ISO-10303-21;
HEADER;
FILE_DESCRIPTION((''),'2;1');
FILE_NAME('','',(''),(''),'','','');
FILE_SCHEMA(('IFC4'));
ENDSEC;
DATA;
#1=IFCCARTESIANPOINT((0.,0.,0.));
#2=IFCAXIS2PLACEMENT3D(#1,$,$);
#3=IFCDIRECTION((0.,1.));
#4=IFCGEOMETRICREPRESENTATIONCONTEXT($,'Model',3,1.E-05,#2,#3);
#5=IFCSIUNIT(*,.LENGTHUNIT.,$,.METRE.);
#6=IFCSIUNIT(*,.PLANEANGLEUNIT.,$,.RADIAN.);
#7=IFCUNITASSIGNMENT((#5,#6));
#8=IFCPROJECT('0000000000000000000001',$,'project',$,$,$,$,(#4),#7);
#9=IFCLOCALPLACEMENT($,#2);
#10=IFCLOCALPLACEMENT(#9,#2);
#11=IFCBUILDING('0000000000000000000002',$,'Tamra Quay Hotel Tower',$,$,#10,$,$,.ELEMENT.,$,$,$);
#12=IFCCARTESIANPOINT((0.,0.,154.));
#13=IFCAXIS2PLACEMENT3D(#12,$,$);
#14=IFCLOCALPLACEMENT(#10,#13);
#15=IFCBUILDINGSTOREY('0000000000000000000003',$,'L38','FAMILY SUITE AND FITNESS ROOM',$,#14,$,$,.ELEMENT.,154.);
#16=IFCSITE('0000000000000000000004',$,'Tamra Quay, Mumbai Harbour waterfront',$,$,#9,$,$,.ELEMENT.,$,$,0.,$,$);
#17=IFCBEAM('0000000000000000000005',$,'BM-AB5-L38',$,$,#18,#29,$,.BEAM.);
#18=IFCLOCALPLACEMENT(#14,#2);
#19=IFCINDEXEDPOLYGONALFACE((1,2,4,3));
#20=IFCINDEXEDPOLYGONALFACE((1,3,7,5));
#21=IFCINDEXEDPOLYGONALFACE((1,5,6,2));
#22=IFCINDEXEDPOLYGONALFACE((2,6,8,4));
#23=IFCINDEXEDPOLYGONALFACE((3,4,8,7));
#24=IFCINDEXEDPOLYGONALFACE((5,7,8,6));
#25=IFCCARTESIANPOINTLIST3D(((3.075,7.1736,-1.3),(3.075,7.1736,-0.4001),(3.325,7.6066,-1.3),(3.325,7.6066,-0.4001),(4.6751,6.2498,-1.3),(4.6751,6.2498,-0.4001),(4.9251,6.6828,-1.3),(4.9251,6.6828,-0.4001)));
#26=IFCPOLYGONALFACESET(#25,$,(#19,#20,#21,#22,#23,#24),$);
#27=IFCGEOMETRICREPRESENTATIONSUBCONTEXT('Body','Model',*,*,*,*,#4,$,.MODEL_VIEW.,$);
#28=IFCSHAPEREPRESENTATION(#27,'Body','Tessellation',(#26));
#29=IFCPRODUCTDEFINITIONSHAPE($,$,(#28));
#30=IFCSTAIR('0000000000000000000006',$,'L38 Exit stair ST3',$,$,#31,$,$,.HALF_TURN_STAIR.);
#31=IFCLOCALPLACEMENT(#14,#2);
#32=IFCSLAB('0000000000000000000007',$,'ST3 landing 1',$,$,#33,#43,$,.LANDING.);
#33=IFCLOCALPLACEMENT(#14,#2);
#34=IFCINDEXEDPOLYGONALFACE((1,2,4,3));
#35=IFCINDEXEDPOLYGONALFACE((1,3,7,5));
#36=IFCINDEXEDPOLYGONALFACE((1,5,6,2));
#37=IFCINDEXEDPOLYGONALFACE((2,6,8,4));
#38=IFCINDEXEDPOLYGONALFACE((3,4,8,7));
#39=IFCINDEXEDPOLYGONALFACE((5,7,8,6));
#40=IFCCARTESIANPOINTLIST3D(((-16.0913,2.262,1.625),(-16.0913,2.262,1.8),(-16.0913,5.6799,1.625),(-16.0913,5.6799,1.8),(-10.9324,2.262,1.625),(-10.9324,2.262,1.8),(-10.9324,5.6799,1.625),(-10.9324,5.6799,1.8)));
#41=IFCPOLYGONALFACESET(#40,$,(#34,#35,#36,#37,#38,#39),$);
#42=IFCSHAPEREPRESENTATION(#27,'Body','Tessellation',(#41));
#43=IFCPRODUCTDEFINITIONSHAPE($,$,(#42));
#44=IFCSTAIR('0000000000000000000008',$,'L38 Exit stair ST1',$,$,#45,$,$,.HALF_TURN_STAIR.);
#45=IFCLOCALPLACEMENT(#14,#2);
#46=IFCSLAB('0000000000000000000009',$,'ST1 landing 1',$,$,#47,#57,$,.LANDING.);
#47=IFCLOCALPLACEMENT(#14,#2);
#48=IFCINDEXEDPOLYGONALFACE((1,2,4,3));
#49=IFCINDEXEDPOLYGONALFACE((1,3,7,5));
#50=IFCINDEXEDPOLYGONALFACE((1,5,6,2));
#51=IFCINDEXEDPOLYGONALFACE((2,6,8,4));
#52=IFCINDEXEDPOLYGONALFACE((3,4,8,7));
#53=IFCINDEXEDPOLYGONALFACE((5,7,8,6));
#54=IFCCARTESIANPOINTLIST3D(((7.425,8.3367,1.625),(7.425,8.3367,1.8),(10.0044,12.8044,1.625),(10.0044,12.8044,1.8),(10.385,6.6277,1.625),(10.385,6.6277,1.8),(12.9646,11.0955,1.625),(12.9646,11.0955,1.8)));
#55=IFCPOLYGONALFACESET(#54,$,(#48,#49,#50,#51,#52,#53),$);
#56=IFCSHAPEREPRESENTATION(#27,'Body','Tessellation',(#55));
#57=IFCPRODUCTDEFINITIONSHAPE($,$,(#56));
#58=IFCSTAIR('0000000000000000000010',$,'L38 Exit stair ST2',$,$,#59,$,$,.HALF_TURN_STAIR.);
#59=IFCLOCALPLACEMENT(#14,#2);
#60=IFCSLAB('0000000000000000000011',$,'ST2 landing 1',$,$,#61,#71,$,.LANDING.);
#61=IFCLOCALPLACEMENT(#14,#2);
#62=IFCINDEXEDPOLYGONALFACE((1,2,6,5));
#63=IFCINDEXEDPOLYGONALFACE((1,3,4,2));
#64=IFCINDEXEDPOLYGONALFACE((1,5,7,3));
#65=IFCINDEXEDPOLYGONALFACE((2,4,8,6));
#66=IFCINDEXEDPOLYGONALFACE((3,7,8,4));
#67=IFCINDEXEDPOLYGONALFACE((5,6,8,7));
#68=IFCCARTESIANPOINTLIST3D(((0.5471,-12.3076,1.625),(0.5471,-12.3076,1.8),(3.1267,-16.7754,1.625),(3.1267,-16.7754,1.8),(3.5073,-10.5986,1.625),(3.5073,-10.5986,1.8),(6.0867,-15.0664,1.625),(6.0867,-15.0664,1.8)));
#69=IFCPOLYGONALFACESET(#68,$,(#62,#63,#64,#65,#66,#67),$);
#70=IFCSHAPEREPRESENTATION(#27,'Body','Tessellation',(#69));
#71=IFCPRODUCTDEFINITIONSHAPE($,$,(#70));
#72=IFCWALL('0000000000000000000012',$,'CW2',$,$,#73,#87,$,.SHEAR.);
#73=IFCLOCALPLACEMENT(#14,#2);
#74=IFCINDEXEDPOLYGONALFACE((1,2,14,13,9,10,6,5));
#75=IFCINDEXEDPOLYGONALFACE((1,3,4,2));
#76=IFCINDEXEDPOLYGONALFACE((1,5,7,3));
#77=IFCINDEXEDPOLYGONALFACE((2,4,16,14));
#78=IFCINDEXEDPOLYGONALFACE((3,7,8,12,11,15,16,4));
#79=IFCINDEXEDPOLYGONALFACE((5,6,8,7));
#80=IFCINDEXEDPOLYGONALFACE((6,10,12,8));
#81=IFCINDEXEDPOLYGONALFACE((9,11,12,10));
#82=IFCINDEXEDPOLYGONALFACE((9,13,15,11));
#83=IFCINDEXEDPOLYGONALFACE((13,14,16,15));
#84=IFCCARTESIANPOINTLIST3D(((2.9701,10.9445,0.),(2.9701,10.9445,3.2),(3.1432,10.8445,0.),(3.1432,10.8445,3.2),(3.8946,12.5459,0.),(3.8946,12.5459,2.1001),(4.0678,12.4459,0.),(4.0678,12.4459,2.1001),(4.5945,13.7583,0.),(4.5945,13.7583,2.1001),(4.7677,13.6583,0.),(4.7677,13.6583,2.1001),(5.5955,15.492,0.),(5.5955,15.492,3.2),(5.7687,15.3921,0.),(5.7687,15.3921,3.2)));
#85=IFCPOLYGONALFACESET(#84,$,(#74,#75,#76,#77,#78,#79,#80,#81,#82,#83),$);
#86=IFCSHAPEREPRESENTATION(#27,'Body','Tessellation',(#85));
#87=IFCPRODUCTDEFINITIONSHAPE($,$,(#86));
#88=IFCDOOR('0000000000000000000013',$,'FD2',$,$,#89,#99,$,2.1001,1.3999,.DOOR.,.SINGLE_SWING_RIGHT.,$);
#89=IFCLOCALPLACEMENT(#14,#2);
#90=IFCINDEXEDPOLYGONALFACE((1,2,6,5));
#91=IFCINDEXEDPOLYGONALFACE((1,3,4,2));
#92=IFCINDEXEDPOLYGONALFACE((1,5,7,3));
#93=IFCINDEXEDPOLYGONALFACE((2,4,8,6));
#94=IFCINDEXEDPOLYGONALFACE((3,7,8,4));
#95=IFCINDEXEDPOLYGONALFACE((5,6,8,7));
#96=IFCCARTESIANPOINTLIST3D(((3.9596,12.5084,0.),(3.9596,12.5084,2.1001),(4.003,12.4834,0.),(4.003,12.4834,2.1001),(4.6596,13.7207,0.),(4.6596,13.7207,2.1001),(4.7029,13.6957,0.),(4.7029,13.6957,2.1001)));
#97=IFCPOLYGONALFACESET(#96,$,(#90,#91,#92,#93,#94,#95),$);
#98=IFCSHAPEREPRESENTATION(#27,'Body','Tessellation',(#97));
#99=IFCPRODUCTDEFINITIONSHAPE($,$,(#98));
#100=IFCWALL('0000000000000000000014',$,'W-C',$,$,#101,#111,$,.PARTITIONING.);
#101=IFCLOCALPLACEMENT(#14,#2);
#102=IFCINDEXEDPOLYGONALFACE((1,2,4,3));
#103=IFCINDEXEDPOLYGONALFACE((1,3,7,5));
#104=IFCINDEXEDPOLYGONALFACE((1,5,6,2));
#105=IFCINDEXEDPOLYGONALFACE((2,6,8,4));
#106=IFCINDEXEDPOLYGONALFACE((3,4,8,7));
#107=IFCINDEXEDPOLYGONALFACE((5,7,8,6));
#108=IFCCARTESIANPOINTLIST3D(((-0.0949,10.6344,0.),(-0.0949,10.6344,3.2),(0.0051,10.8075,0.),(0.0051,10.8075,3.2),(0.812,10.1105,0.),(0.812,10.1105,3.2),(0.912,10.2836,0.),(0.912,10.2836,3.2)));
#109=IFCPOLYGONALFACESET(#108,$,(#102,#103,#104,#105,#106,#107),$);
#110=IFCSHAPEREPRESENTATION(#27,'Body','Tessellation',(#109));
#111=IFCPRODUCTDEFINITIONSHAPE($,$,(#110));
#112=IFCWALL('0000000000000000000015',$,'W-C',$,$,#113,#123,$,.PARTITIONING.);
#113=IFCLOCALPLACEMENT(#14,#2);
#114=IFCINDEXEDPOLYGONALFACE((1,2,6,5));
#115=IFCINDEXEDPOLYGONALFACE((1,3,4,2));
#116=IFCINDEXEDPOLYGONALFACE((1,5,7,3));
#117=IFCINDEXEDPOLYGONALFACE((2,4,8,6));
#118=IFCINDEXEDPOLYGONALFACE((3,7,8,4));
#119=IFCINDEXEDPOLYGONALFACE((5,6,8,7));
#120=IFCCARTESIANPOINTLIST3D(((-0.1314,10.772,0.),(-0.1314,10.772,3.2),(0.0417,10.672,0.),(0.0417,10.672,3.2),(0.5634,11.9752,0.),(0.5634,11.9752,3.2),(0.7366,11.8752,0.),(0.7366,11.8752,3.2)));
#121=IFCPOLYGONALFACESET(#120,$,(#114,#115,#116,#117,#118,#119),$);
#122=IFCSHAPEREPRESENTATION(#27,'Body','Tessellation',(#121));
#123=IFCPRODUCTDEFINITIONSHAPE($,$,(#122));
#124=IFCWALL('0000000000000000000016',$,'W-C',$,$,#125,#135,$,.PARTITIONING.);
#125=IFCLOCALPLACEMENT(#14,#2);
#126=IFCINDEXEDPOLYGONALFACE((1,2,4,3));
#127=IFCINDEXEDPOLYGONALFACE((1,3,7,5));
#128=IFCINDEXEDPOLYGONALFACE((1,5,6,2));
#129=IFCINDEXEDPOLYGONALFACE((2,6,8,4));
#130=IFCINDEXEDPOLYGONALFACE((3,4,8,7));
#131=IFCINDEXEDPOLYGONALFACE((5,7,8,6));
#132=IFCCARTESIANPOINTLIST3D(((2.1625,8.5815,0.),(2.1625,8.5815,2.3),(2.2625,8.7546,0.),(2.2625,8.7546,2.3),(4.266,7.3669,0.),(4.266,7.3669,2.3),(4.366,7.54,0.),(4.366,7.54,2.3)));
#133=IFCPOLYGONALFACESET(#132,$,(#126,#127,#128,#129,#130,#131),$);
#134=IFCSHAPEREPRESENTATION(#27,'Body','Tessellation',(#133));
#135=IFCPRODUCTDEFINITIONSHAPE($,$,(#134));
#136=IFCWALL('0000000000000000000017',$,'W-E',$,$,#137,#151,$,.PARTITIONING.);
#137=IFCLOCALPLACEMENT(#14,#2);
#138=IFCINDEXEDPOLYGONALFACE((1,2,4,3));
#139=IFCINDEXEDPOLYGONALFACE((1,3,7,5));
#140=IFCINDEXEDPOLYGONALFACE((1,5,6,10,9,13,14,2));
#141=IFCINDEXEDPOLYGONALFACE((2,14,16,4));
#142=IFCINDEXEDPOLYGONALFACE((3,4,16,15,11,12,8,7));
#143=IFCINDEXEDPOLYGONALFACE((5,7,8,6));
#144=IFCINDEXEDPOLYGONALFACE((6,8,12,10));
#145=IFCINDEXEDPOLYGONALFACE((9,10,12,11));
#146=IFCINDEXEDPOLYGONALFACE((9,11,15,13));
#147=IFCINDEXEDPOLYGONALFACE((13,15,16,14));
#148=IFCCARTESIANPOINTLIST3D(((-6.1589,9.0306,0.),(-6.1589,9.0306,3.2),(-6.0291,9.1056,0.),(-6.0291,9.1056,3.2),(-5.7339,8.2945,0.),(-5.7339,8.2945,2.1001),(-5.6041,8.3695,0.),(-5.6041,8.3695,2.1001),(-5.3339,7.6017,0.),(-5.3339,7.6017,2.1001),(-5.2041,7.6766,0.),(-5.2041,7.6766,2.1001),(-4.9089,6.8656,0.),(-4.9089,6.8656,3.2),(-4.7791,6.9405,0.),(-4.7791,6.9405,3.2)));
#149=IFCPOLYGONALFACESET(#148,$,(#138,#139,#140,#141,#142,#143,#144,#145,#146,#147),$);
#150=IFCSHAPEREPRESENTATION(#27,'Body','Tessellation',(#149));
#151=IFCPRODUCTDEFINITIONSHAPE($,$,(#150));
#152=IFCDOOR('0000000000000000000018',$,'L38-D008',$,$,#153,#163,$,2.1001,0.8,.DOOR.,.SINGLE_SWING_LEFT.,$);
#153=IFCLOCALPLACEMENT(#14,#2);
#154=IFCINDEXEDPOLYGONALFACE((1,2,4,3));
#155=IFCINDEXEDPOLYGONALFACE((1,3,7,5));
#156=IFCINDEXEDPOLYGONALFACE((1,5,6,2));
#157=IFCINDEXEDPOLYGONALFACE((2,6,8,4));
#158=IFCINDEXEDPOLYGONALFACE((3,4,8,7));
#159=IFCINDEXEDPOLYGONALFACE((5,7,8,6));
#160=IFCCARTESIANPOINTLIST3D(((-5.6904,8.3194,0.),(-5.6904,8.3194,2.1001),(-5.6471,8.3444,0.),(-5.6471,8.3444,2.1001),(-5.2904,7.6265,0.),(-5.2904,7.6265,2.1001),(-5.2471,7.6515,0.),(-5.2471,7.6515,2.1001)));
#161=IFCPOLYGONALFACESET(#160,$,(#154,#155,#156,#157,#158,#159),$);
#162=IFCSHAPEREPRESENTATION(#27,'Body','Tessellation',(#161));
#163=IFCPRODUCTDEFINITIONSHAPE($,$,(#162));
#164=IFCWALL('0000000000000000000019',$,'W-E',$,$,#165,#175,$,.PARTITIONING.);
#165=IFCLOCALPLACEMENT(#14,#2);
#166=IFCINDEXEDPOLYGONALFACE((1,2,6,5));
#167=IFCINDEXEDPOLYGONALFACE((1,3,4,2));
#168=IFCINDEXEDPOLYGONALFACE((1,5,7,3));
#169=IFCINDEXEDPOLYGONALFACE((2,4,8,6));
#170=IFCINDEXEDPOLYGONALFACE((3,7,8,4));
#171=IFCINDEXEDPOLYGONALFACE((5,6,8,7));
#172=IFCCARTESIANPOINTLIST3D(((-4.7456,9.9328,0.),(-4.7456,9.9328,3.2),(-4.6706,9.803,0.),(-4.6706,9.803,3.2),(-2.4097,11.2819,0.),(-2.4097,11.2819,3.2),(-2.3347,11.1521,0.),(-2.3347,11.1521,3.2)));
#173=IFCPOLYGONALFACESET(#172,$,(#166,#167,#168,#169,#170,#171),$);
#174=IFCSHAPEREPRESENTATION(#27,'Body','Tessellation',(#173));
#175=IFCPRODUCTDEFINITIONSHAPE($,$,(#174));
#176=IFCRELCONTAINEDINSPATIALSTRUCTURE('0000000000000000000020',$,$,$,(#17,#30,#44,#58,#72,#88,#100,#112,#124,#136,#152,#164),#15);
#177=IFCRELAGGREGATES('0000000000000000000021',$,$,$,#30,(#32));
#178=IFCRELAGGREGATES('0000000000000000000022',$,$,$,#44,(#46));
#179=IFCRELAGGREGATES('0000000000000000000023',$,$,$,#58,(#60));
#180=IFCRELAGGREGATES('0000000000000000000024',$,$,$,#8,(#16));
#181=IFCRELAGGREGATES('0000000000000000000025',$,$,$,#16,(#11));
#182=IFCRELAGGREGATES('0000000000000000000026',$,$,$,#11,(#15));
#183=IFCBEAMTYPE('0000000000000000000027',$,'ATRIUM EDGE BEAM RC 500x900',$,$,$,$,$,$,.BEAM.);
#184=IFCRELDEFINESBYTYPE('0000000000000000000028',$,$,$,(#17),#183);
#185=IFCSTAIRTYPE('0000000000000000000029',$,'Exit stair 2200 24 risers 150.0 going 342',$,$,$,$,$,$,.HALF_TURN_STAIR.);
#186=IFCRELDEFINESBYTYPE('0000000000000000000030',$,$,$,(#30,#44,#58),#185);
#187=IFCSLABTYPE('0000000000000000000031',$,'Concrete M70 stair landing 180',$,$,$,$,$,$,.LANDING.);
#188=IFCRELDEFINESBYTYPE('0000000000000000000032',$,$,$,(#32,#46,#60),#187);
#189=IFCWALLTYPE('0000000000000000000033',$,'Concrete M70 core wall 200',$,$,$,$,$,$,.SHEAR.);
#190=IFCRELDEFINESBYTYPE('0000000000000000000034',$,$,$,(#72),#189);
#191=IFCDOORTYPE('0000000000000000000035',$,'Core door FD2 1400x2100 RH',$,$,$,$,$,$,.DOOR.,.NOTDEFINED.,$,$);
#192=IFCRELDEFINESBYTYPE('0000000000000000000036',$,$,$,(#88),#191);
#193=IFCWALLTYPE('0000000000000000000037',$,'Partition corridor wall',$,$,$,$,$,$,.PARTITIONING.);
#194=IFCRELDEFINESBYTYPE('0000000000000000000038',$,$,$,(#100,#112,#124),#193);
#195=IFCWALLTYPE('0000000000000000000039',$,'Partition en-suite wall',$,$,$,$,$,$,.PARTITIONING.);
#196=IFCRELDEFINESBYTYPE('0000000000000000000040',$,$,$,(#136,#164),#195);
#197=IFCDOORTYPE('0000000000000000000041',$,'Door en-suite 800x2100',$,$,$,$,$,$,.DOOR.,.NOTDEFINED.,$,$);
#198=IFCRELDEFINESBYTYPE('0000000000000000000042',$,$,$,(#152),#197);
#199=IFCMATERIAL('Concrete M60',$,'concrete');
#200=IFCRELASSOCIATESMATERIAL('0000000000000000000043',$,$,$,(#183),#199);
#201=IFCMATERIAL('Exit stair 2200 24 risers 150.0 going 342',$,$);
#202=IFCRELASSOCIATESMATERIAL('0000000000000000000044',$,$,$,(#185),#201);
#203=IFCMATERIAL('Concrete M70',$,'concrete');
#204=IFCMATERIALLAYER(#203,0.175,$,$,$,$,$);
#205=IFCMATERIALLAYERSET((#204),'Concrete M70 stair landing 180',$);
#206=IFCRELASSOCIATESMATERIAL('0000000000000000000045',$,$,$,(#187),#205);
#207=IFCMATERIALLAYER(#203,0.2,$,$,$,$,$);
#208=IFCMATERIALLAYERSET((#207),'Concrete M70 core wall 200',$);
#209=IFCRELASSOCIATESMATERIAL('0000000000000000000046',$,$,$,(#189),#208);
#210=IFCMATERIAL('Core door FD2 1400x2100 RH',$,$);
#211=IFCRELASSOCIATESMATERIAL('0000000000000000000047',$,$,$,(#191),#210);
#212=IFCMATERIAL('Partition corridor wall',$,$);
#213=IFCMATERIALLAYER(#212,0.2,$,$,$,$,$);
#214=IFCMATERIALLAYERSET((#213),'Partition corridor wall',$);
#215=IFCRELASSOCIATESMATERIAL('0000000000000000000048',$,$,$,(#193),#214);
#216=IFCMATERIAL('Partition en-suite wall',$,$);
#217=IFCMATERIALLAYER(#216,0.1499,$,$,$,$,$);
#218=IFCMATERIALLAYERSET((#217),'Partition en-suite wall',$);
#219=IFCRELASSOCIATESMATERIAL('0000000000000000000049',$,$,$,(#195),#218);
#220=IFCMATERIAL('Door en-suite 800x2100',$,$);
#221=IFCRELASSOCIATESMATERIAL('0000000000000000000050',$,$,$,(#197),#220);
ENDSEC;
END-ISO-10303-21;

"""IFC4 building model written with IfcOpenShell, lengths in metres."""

from ifc_helpers import new_model, si_unit, direction, frame, frame_2d, origin, origin_2d, place, context, subcontext, project, spatial, polyline, rectangle, outline, extrude, material, layer, layer_set, material_profile, profile_set, type_object, element, fill, aggregate, save


model = new_model("IFC4")

# Units and contexts
model_context = context("Model", 3, precision=1e-05, world=origin(), true_north=direction((0.0, 1.0)))
body_context = subcontext(model_context, "Body", "Model", "MODEL_VIEW")
ifc_project = project(units=[si_unit("LENGTHUNIT", "METRE"), si_unit("PLANEANGLEUNIT", "RADIAN")], contexts=[model_context])

# Site, building, storey
site_placement = place(None, origin())
site = spatial("IfcSite", under=ifc_project, at=site_placement, Name="Tamra Quay, Mumbai Harbour waterfront", CompositionType="ELEMENT", RefElevation=0.0)
building_placement = place(site_placement, origin())
building = spatial("IfcBuilding", under=site, at=building_placement, Name="Tamra Quay Hotel Tower", CompositionType="ELEMENT")
storey_placement = place(building_placement, frame((0.0, 0.0, 154.0)))
storey = spatial("IfcBuildingStorey", under=building, at=storey_placement, Name="L38", Description="FAMILY SUITE AND FITNESS ROOM", CompositionType="ELEMENT", Elevation=154.0)

# Beam
ifc_material_1 = material(Name="Concrete M60", Category="concrete")
ifc_material_profile = material_profile(ifc_material_1, rectangle(XDim=0.5, YDim=0.8999, at=origin_2d()), Name="ATRIUM EDGE BEAM RC 500x900")
ifc_profile_set = profile_set([ifc_material_profile], Name="Concrete M60")
beam_type = type_object("IfcBeamType", Name="ATRIUM EDGE BEAM RC 500x900", PredefinedType="BEAM", material=ifc_profile_set)
beam_placement = place(storey_placement, frame((3.2, 7.3901, -0.8501), z_axis=(0.866023, -0.500005, 0.0), x_axis=(0.500005, 0.866023, 0.0)))
element("IfcBeam", 1, at=beam_placement, inside=storey, type_object=beam_type, Name="BM-AB5-L38", PredefinedType="BEAM", context=body_context, shape_type="SweptSolid", body=[
    extrude(rectangle(XDim=0.5, YDim=0.8999, at=origin_2d()), origin(), (0.0, 0.0, 1.0), 1.8477),
])

# Stairs, slabs
ifc_material_2 = material(Name="Exit stair 2200 24 risers 150.0 going 342")
stair_type = type_object("IfcStairType", Name="Exit stair 2200 24 risers 150.0 going 342", PredefinedType="HALF_TURN_STAIR", material=ifc_material_2)
stair_1_placement = place(storey_placement, origin())
stair_1 = element("IfcStair", 2, at=stair_1_placement, inside=storey, type_object=stair_type, Name="L38 Exit stair ST3", PredefinedType="HALF_TURN_STAIR")
ifc_material_3 = material(Name="Concrete M70", Category="concrete")
ifc_layer_1 = layer(ifc_material_3, 0.175)
ifc_layer_set_1 = layer_set([ifc_layer_1], Name="Concrete M70 stair landing 180")
slab_type = type_object("IfcSlabType", Name="Concrete M70 stair landing 180", PredefinedType="LANDING", material=ifc_layer_set_1)
slab_1_placement = place(storey_placement, frame((0.0, 0.0, 1.625)))
slab_1 = element("IfcSlab", 3, at=slab_1_placement, type_object=slab_type, Name="ST3 landing 1", PredefinedType="LANDING", context=body_context, shape_type="SweptSolid", body=[
    extrude(outline(polyline([(-10.9324, 2.262), (-10.9324, 5.6799), (-16.0913, 5.6799), (-16.0913, 2.262), (-10.9324, 2.262)])), origin(), (0.0, 0.0, 1.0), 0.175),
])
aggregate(stair_1, [slab_1])
stair_2_placement = place(storey_placement, origin())
stair_2 = element("IfcStair", 4, at=stair_2_placement, inside=storey, type_object=stair_type, Name="L38 Exit stair ST1", PredefinedType="HALF_TURN_STAIR")
slab_2_placement = place(storey_placement, frame((0.0, 0.0, 1.625)))
slab_2 = element("IfcSlab", 5, at=slab_2_placement, type_object=slab_type, Name="ST1 landing 1", PredefinedType="LANDING", context=body_context, shape_type="SweptSolid", body=[
    extrude(outline(polyline([(7.425, 8.3367), (10.385, 6.6277), (12.9646, 11.0955), (10.0044, 12.8044), (7.425, 8.3367)])), origin(), (0.0, 0.0, 1.0), 0.175),
])
aggregate(stair_2, [slab_2])
stair_3_placement = place(storey_placement, origin())
stair_3 = element("IfcStair", 6, at=stair_3_placement, inside=storey, type_object=stair_type, Name="L38 Exit stair ST2", PredefinedType="HALF_TURN_STAIR")
slab_3_placement = place(storey_placement, frame((0.0, 0.0, 1.625)))
slab_3 = element("IfcSlab", 7, at=slab_3_placement, type_object=slab_type, Name="ST2 landing 1", PredefinedType="LANDING", context=body_context, shape_type="SweptSolid", body=[
    extrude(outline(polyline([(3.5073, -10.5986), (0.5471, -12.3076), (3.1267, -16.7754), (6.0867, -15.0664), (3.5073, -10.5986)])), origin(), (0.0, 0.0, 1.0), 0.175),
])
aggregate(stair_3, [slab_3])

# Wall, opening, door
ifc_layer_2 = layer(ifc_material_3, 0.2)
ifc_layer_set_2 = layer_set([ifc_layer_2], Name="Concrete M70 core wall 200")
wall_type_1 = type_object("IfcWallType", Name="Concrete M70 core wall 200", PredefinedType="SHEAR", material=ifc_layer_set_2)
wall_1_placement = place(storey_placement, frame((3.0566, 10.8945, 0.0), z_axis=(0.0, 0.0, 1.0), x_axis=(0.499989, 0.866032, 0.0)))
wall_1 = element("IfcWall", 8, at=wall_1_placement, inside=storey, type_object=wall_type_1, Name="CW2", PredefinedType="SHEAR", context=body_context, shape_type="SweptSolid", body=[
    extrude(rectangle(XDim=5.251, YDim=0.2, at=frame_2d((2.6255, 0.0))), origin(), (0.0, 0.0, 1.0), 3.2),
])
opening_1_placement = place(wall_1_placement, frame((1.8491, 0.0, 0.0)))
opening_1 = element("IfcOpeningElement", 9, at=opening_1_placement, cuts=wall_1, PredefinedType="OPENING", context=body_context, shape_type="SweptSolid", body=[
    extrude(rectangle(XDim=1.3999, YDim=2.1001, at=frame_2d((0.7, 1.05))), frame((0.0, 0.1099, 0.0), z_axis=(0.0, -1.0, 0.0), x_axis=(1.0, 0.0, 0.0)), (0.0, 0.0, 1.0), 0.22),
])
ifc_material_4 = material(Name="Core door FD2 1400x2100 RH")
door_type_1 = type_object("IfcDoorType", Name="Core door FD2 1400x2100 RH", OperationType="NOTDEFINED", PredefinedType="DOOR", material=ifc_material_4)
door_1_placement = place(opening_1_placement, origin())
door_1 = element("IfcDoor", 10, at=door_1_placement, inside=storey, type_object=door_type_1, Name="FD2", OperationType="SINGLE_SWING_RIGHT", OverallHeight=2.1001, OverallWidth=1.3999, PredefinedType="DOOR", context=body_context, shape_type="SweptSolid", body=[
    extrude(rectangle(XDim=1.3999, YDim=2.1001, at=frame_2d((0.7, 1.05))), frame((0.0, 0.0249, 0.0), z_axis=(0.0, -1.0, 0.0), x_axis=(1.0, 0.0, 0.0)), (0.0, 0.0, 1.0), 0.05),
])
fill(opening_1, door_1)

# Walls
ifc_material_5 = material(Name="Partition corridor wall")
ifc_layer_3 = layer(ifc_material_5, 0.2)
ifc_layer_set_3 = layer_set([ifc_layer_3], Name="Partition corridor wall")
wall_type_2 = type_object("IfcWallType", Name="Partition corridor wall", PredefinedType="PARTITIONING", material=ifc_layer_set_3)
wall_2_placement = place(storey_placement, frame((-0.0449, 10.7209, 0.0), z_axis=(0.0, 0.0, 1.0), x_axis=(0.86591, -0.5002, 0.0)))
element("IfcWall", 11, at=wall_2_placement, inside=storey, type_object=wall_type_2, Name="W-C", PredefinedType="PARTITIONING", context=body_context, shape_type="SweptSolid", body=[
    extrude(rectangle(XDim=1.0474, YDim=0.2, at=frame_2d((0.5237, 0.0))), origin(), (0.0, 0.0, 1.0), 3.2),
])
wall_3_placement = place(storey_placement, frame((-0.0449, 10.7219, 0.0), z_axis=(0.0, 0.0, 1.0), x_axis=(0.500108, 0.865963, 0.0)))
element("IfcWall", 12, at=wall_3_placement, inside=storey, type_object=wall_type_2, Name="W-C", PredefinedType="PARTITIONING", context=body_context, shape_type="SweptSolid", body=[
    extrude(rectangle(XDim=1.3894, YDim=0.2, at=frame_2d((0.6948, 0.0))), origin(), (0.0, 0.0, 1.0), 3.2),
])
wall_4_placement = place(storey_placement, frame((2.2126, 8.668, 0.0), z_axis=(0.0, 0.0, 1.0), x_axis=(0.866001, -0.500041, 0.0)))
element("IfcWall", 13, at=wall_4_placement, inside=storey, type_object=wall_type_2, Name="W-C", PredefinedType="PARTITIONING", context=body_context, shape_type="SweptSolid", body=[
    extrude(rectangle(XDim=2.429, YDim=0.2, at=frame_2d((1.2144, 0.0))), origin(), (0.0, 0.0, 1.0), 2.3),
])

# Wall, opening, door
ifc_material_6 = material(Name="Partition en-suite wall")
ifc_layer_4 = layer(ifc_material_6, 0.1499)
ifc_layer_set_4 = layer_set([ifc_layer_4], Name="Partition en-suite wall")
wall_type_3 = type_object("IfcWallType", Name="Partition en-suite wall", PredefinedType="PARTITIONING", material=ifc_layer_set_4)
wall_5_placement = place(storey_placement, frame((-6.094, 9.0681, 0.0), z_axis=(0.0, 0.0, 1.0), x_axis=(0.500004, -0.866023, 0.0)))
wall_5 = element("IfcWall", 14, at=wall_5_placement, inside=storey, type_object=wall_type_3, Name="W-E", PredefinedType="PARTITIONING", context=body_context, shape_type="SweptSolid", body=[
    extrude(rectangle(XDim=2.5, YDim=0.1499, at=frame_2d((1.25, 0.0))), origin(), (0.0, 0.0, 1.0), 3.2),
])
opening_2_placement = place(wall_5_placement, frame((0.8501, 0.0, 0.0)))
opening_2 = element("IfcOpeningElement", 15, at=opening_2_placement, cuts=wall_5, PredefinedType="OPENING", context=body_context, shape_type="SweptSolid", body=[
    extrude(rectangle(XDim=0.8, YDim=2.1001, at=frame_2d((0.3999, 1.05))), frame((0.0, 0.085, 0.0), z_axis=(0.0, -1.0, 0.0), x_axis=(1.0, 0.0, 0.0)), (0.0, 0.0, 1.0), 0.1699),
])
ifc_material_7 = material(Name="Door en-suite 800x2100")
door_type_2 = type_object("IfcDoorType", Name="Door en-suite 800x2100", OperationType="NOTDEFINED", PredefinedType="DOOR", material=ifc_material_7)
door_2_placement = place(opening_2_placement, frame((0.8, 0.0, 0.0), z_axis=(0.0, 0.0, 1.0), x_axis=(-1.0, 0.0, 0.0)))
door_2 = element("IfcDoor", 16, at=door_2_placement, inside=storey, type_object=door_type_2, Name="L38-D008", OperationType="SINGLE_SWING_LEFT", OverallHeight=2.1001, OverallWidth=0.8, PredefinedType="DOOR", context=body_context, shape_type="SweptSolid", body=[
    extrude(rectangle(XDim=0.8, YDim=2.1001, at=frame_2d((0.3999, 1.05))), frame((0.0, 0.0249, 0.0), z_axis=(0.0, -1.0, 0.0), x_axis=(1.0, 0.0, 0.0)), (0.0, 0.0, 1.0), 0.05),
])
fill(opening_2, door_2)

# Wall
wall_6_placement = place(storey_placement, frame((-4.708, 9.8679, 0.0), z_axis=(0.0, 0.0, 1.0), x_axis=(0.86595, 0.50013, 0.0)))
element("IfcWall", 17, at=wall_6_placement, inside=storey, type_object=wall_type_3, Name="W-E", PredefinedType="PARTITIONING", context=body_context, shape_type="SweptSolid", body=[
    extrude(rectangle(XDim=2.6975, YDim=0.1499, at=frame_2d((1.3486, 0.0))), origin(), (0.0, 0.0, 1.0), 3.2),
])

save(model, "model.ifc")
